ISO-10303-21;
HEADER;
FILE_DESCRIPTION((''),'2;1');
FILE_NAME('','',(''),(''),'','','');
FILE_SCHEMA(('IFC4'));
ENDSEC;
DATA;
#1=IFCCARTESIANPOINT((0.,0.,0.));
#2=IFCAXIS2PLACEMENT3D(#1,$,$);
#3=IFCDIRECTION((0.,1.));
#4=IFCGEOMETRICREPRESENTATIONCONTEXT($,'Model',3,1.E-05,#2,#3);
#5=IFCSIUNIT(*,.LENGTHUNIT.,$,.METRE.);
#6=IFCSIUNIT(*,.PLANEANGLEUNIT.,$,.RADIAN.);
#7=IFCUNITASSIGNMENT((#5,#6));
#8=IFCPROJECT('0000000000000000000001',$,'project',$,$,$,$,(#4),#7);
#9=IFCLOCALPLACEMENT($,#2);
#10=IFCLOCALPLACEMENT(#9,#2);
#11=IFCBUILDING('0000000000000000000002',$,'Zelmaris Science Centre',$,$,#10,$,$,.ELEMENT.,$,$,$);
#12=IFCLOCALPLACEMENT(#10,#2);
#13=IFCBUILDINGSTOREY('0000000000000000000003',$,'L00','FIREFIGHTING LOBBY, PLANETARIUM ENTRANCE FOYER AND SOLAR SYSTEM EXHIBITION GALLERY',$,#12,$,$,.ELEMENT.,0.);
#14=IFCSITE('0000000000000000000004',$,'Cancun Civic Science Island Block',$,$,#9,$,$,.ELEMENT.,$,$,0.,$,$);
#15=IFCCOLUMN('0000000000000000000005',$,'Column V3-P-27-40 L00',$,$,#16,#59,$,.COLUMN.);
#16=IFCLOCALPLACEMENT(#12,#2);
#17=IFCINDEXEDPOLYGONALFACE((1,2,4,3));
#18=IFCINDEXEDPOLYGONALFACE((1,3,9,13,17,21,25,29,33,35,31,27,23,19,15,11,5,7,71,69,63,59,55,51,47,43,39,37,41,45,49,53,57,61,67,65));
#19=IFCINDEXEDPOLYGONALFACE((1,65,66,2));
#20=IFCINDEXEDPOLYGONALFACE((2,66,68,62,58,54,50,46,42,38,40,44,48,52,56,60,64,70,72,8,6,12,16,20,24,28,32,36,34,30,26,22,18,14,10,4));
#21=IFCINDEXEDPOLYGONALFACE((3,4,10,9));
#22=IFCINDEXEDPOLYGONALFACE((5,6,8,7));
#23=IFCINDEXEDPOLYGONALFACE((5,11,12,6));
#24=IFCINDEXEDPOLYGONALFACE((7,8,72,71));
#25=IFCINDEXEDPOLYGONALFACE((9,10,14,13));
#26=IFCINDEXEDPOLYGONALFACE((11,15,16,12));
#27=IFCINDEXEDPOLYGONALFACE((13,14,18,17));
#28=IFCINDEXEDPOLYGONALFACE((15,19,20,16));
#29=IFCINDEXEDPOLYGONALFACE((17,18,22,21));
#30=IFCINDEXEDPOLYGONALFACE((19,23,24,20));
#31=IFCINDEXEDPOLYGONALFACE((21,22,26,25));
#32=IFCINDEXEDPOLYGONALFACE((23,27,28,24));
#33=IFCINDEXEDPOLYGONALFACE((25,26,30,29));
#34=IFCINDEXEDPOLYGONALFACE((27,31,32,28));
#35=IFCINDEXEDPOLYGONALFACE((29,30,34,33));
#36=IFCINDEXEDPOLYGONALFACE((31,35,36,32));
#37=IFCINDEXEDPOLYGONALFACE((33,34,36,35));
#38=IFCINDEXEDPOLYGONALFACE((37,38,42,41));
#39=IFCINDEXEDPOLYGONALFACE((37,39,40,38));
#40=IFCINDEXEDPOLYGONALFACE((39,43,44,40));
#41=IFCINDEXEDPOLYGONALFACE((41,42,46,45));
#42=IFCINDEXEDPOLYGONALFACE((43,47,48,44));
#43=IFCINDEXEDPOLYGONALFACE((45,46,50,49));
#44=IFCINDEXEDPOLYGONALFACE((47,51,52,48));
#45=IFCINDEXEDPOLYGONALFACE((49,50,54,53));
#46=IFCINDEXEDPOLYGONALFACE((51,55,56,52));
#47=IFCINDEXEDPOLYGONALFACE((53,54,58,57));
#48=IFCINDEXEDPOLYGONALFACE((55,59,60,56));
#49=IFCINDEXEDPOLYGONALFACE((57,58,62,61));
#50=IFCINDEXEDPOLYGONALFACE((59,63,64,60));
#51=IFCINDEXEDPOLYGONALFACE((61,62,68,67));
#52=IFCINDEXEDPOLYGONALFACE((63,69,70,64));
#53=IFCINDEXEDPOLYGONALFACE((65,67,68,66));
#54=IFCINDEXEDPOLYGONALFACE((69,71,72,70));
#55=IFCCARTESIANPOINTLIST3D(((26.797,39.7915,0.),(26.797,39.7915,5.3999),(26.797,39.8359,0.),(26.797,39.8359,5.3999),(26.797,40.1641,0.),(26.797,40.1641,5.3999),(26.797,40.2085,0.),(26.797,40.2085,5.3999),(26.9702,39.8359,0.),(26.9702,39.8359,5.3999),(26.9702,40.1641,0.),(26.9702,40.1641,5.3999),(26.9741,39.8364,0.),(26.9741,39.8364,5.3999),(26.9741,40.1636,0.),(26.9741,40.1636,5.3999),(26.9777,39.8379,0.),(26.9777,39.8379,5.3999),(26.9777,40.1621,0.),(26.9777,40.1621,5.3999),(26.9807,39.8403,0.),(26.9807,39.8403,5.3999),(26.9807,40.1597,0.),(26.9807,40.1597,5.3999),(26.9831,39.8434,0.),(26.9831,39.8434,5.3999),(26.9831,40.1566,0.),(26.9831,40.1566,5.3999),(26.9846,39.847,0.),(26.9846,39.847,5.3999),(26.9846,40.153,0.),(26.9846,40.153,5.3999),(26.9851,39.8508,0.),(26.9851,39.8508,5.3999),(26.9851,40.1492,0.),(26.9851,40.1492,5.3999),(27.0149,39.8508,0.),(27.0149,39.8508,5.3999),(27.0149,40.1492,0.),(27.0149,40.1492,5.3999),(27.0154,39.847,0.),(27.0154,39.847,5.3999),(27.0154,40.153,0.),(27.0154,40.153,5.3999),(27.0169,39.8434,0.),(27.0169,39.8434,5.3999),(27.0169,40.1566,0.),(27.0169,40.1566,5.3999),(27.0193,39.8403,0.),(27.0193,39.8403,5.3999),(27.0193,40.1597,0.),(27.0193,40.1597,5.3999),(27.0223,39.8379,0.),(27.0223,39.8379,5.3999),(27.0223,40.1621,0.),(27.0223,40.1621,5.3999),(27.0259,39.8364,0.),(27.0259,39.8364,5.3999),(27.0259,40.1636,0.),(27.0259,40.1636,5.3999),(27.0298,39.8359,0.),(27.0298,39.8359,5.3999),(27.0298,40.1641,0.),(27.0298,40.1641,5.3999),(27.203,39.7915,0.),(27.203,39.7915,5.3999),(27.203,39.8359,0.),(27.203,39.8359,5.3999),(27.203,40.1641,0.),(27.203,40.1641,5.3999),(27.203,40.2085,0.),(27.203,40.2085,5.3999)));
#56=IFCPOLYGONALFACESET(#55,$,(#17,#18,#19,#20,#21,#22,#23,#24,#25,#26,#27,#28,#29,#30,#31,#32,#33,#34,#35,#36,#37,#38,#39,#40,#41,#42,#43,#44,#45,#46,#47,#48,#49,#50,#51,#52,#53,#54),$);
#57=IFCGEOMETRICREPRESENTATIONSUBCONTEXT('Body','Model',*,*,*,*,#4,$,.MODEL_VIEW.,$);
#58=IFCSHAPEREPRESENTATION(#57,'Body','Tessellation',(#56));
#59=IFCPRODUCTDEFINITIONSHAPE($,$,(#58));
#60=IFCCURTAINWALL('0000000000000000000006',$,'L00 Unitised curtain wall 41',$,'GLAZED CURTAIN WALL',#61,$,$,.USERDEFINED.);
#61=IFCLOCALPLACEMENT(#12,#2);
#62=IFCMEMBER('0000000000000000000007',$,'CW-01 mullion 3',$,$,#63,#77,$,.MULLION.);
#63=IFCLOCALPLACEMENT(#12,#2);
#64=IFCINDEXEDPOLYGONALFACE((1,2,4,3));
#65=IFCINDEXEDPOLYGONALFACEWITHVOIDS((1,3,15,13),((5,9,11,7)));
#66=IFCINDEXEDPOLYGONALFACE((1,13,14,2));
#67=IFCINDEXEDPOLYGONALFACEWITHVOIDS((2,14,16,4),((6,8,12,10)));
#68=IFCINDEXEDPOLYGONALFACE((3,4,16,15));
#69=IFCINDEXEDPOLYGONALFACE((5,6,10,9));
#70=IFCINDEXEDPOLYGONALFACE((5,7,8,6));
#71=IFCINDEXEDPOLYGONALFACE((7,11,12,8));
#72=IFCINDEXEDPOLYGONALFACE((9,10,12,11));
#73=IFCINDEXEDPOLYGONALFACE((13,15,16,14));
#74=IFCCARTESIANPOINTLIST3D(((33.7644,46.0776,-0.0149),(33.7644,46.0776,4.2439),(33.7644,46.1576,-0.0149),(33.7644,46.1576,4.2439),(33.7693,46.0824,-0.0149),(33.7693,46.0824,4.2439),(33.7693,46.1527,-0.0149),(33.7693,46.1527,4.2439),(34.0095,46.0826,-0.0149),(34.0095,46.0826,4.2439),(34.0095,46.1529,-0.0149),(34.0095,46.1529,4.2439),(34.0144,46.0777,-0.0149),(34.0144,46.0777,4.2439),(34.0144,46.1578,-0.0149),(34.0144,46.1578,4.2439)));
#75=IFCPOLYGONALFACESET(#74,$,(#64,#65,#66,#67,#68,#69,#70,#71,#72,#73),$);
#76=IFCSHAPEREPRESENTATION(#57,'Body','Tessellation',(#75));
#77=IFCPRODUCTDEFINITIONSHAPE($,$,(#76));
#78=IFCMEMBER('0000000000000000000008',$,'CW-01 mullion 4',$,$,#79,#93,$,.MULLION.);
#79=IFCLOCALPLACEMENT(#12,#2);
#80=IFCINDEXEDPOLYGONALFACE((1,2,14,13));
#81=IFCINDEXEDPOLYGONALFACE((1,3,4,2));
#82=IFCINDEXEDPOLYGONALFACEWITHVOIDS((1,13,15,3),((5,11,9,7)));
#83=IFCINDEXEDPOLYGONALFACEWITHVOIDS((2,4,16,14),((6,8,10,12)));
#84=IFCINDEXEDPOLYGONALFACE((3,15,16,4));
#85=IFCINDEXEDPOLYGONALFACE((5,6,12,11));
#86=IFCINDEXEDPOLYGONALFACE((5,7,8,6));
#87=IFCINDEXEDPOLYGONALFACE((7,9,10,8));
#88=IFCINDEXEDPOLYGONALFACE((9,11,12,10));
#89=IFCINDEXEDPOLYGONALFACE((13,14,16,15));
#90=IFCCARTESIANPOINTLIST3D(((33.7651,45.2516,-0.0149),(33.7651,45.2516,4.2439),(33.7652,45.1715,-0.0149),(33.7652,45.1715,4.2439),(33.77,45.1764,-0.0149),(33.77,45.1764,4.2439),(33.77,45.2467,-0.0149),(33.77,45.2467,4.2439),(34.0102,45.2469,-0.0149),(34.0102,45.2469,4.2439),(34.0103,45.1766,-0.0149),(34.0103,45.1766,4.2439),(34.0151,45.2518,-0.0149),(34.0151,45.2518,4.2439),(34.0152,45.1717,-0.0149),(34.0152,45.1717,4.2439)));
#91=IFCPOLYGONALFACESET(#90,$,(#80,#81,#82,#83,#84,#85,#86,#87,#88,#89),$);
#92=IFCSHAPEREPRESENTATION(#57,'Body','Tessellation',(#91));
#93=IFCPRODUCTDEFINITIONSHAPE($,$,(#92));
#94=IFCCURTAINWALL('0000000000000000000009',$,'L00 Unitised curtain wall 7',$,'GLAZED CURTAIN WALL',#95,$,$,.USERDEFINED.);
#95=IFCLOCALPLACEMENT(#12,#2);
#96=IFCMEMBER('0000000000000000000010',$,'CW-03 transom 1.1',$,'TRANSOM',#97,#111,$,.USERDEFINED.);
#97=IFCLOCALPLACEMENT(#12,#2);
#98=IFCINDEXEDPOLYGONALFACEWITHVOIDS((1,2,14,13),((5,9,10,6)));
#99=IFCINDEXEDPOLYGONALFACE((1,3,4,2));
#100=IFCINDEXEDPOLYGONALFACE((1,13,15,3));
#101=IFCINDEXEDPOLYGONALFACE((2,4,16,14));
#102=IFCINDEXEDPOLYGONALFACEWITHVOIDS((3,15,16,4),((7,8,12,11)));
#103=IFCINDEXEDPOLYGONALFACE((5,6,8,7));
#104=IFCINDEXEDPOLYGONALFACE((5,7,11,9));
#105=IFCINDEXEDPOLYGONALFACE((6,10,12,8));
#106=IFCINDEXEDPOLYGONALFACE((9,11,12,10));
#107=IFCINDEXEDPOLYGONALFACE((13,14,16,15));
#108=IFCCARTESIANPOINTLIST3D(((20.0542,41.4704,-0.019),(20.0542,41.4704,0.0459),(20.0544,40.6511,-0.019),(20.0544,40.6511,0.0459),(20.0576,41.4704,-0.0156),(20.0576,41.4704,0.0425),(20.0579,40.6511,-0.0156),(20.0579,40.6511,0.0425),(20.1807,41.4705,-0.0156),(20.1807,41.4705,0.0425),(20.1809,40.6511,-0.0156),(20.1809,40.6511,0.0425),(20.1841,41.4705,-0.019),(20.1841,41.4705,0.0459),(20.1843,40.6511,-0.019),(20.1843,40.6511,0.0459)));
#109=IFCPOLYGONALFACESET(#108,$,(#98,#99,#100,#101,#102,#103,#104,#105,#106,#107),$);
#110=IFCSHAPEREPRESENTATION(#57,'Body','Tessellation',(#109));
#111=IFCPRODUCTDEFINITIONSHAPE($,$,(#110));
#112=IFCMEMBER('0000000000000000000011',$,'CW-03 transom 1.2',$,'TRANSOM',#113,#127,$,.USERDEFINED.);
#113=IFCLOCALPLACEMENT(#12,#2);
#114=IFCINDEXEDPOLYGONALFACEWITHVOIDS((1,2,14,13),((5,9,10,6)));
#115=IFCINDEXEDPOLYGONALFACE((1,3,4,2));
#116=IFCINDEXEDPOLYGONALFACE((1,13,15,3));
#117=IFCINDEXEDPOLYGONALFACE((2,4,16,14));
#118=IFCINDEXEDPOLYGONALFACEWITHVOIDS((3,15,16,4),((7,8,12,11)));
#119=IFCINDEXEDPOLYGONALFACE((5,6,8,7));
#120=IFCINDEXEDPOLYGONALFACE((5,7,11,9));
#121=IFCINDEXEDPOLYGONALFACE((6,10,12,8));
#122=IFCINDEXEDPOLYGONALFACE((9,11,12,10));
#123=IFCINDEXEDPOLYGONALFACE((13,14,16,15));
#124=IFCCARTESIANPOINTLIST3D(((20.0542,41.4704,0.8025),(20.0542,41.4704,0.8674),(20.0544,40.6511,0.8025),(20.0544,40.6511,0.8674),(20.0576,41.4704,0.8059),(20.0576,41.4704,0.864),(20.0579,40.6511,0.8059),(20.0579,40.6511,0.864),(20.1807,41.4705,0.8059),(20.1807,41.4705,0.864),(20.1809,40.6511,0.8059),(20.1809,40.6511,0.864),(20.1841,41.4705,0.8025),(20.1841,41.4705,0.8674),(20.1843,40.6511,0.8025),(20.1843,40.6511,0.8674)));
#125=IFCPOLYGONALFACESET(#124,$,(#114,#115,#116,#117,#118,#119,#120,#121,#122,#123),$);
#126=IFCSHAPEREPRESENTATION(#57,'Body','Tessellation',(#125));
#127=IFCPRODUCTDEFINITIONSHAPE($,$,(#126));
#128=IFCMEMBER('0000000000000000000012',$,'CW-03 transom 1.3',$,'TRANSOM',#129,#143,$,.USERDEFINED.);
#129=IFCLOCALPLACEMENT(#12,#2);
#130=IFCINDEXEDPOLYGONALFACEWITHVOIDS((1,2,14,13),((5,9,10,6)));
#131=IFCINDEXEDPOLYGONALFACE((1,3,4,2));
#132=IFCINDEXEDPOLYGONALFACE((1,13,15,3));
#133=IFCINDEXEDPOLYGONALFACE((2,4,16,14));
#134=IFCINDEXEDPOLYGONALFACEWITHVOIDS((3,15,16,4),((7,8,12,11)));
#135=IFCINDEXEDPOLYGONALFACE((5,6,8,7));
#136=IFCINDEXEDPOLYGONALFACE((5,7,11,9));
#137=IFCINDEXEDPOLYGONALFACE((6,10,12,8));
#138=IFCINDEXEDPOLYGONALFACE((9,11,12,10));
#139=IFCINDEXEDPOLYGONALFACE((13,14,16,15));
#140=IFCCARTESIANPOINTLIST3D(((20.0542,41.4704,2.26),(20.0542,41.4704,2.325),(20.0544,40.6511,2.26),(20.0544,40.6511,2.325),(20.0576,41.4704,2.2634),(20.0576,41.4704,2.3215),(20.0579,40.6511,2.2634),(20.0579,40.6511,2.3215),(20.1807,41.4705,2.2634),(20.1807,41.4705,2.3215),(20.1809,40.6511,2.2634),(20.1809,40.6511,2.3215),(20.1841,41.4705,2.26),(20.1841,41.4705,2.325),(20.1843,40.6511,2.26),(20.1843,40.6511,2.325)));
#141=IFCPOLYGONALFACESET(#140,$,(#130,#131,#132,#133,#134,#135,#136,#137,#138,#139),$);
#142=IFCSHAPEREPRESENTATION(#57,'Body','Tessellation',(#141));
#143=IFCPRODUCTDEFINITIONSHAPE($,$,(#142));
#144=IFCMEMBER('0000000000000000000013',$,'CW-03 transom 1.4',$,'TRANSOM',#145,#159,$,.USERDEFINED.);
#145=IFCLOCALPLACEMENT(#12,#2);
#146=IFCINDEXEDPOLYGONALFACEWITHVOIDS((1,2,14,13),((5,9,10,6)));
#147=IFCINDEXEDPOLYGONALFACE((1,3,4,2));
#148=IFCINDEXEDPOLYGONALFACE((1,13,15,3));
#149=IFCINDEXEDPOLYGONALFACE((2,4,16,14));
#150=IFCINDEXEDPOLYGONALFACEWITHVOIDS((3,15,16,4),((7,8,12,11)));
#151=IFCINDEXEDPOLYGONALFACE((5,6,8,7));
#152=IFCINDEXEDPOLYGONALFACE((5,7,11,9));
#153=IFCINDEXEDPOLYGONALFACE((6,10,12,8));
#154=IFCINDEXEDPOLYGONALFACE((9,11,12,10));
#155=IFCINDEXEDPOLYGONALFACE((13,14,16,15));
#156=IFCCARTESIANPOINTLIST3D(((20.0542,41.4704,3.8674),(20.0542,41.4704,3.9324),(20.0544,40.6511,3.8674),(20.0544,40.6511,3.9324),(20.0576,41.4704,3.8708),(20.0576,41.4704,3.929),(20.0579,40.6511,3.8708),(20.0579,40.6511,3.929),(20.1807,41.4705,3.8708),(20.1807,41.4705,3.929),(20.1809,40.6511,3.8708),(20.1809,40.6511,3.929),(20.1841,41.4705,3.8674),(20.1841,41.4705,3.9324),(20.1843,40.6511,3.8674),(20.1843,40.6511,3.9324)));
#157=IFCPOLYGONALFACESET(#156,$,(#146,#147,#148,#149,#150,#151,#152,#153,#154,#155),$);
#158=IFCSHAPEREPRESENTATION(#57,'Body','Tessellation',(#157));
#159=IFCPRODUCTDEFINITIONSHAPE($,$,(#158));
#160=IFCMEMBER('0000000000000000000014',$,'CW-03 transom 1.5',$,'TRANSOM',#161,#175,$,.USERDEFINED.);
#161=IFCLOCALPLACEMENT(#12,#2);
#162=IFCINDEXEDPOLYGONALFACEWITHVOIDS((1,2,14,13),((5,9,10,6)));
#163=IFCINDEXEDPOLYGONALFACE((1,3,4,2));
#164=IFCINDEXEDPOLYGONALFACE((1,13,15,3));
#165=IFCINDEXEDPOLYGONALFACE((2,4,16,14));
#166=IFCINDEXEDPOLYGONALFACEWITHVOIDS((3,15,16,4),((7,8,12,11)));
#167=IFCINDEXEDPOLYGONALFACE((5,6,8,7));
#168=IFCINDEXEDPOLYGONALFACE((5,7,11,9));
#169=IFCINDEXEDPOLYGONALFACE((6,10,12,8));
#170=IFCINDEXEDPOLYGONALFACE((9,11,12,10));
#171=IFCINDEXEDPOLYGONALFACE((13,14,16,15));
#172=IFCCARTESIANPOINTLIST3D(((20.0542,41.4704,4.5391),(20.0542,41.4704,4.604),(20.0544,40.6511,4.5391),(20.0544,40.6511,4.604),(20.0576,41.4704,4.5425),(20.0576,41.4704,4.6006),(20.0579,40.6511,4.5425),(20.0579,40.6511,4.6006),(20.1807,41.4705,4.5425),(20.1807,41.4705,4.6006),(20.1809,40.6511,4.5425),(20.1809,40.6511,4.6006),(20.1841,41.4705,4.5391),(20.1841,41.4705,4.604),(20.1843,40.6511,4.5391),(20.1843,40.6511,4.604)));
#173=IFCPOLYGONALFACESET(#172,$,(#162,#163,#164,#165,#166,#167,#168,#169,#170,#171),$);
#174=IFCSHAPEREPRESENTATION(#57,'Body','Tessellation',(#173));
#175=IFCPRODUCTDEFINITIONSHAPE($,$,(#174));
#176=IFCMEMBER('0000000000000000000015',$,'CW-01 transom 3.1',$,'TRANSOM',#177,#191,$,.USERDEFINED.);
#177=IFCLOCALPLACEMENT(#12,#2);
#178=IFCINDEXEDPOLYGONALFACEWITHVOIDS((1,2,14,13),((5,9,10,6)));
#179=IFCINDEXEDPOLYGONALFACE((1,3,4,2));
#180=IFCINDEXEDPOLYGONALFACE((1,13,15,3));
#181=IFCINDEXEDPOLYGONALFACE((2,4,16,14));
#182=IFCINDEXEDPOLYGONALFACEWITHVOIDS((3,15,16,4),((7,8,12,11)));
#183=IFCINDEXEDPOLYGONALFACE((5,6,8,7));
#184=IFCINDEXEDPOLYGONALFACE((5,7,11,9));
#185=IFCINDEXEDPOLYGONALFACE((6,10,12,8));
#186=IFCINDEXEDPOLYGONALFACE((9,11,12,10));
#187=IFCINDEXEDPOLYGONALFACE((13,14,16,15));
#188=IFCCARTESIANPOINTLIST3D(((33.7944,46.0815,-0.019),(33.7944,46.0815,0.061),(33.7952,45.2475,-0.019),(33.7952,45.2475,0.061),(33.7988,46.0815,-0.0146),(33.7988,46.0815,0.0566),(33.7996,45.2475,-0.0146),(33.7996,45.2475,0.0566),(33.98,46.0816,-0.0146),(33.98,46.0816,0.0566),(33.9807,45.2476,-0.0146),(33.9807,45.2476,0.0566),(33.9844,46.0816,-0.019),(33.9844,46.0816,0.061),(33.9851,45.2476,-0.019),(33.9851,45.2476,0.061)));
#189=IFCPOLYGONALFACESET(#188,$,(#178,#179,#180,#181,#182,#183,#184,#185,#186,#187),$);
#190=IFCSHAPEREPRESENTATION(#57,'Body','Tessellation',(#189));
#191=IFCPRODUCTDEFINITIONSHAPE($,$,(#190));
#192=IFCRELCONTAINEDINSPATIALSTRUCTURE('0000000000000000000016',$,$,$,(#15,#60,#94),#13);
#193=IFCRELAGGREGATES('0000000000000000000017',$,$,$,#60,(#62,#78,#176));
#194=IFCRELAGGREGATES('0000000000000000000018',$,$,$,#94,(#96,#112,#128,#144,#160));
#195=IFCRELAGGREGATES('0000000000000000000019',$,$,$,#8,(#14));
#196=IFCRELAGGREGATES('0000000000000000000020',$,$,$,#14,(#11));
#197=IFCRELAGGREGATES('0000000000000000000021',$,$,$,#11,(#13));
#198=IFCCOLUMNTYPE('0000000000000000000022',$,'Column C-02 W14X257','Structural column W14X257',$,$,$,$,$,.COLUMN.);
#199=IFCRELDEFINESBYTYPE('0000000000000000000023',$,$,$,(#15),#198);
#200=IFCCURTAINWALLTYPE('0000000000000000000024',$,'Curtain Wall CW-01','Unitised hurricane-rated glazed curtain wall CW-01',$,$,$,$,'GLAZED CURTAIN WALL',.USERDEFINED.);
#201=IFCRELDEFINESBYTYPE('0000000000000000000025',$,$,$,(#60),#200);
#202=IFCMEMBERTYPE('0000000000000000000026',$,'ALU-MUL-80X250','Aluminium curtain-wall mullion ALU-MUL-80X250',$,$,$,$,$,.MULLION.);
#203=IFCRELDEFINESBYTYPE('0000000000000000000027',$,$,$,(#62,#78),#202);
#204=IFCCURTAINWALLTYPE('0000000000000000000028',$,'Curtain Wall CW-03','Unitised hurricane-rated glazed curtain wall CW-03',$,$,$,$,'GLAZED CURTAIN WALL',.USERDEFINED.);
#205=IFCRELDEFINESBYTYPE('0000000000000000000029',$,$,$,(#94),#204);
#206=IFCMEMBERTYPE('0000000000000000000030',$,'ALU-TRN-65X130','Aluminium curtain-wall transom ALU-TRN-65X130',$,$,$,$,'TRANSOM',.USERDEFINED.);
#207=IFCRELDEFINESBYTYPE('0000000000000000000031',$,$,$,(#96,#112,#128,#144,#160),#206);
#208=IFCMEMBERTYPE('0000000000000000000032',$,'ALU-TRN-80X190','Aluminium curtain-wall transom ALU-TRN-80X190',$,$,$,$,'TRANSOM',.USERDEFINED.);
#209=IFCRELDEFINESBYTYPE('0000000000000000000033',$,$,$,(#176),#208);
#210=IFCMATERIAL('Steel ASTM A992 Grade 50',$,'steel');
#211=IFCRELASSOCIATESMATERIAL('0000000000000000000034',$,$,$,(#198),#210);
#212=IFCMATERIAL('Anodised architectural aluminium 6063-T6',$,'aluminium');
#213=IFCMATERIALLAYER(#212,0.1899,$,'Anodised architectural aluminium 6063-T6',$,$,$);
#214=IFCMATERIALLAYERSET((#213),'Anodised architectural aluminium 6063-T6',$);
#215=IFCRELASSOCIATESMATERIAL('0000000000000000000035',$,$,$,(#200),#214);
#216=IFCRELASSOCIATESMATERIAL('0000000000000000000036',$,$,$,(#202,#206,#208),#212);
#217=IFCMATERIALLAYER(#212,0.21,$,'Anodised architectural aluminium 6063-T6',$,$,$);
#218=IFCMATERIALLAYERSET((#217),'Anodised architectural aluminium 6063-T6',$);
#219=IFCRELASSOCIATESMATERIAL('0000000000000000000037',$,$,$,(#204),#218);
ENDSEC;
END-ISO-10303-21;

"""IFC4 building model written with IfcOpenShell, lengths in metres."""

from ifc_helpers import new_model, si_unit, direction, frame, origin, origin_2d, place, context, subcontext, project, spatial, hollow_rectangle, i_section, extrude, material, layer, layer_set, material_profile, profile_set, type_object, element, aggregate, save


model = new_model("IFC4")

# Units and contexts
model_context = context("Model", 3, precision=1e-05, world=origin(), true_north=direction((0.0, 1.0)))
body_context = subcontext(model_context, "Body", "Model", "MODEL_VIEW")
ifc_project = project(units=[si_unit("LENGTHUNIT", "METRE"), si_unit("PLANEANGLEUNIT", "RADIAN")], contexts=[model_context])

# Site, building, storey
site_placement = place(None, origin())
site = spatial("IfcSite", under=ifc_project, at=site_placement, Name="Cancun Civic Science Island Block", CompositionType="ELEMENT", RefElevation=0.0)
building_placement = place(site_placement, origin())
building = spatial("IfcBuilding", under=site, at=building_placement, Name="Zelmaris Science Centre", CompositionType="ELEMENT")
storey_placement = place(building_placement, origin())
storey = spatial("IfcBuildingStorey", under=building, at=storey_placement, Name="L00", Description="FIREFIGHTING LOBBY, PLANETARIUM ENTRANCE FOYER AND SOLAR SYSTEM EXHIBITION GALLERY", CompositionType="ELEMENT", Elevation=0.0)

# Column
ifc_material_1 = material(Name="Steel ASTM A992 Grade 50", Category="steel")
ifc_material_profile_1 = material_profile(ifc_material_1, i_section(OverallWidth=0.406, OverallDepth=0.417, WebThickness=0.0298, FlangeThickness=0.0444, FilletRadius=0.0149, at=origin_2d()), Name="W14X257")
ifc_profile_set_1 = profile_set([ifc_material_profile_1], Name="Steel ASTM A992 Grade 50")
column_type = type_object("IfcColumnType", Name="Column C-02 W14X257", Description="Structural column W14X257", PredefinedType="COLUMN", material=ifc_profile_set_1)
column_placement = place(storey_placement, frame((27.0, 40.0, 0.0), z_axis=(0.0, 0.0, 1.0), x_axis=(1.0, 0.0, 0.0)))
element("IfcColumn", 1, at=column_placement, inside=storey, type_object=column_type, Name="Column V3-P-27-40 L00", PredefinedType="COLUMN", context=body_context, shape_type="SweptSolid", body=[
    extrude(i_section(OverallWidth=0.406, OverallDepth=0.417, WebThickness=0.0298, FlangeThickness=0.0444, FilletRadius=0.0149, at=origin_2d()), origin(), (0.0, 0.0, 1.0), 5.3999),
])

# Curtain walls, members
ifc_material_2 = material(Name="Anodised architectural aluminium 6063-T6", Category="aluminium")
ifc_layer_1 = layer(ifc_material_2, 0.1899, Name="Anodised architectural aluminium 6063-T6")
ifc_layer_set_1 = layer_set([ifc_layer_1], Name="Anodised architectural aluminium 6063-T6")
curtain_wall_type_1 = type_object("IfcCurtainWallType", Name="Curtain Wall CW-01", Description="Unitised hurricane-rated glazed curtain wall CW-01", ElementType="GLAZED CURTAIN WALL", PredefinedType="USERDEFINED", material=ifc_layer_set_1)
curtain_wall_1_placement = place(storey_placement, origin())
curtain_wall_1 = element("IfcCurtainWall", 2, at=curtain_wall_1_placement, inside=storey, type_object=curtain_wall_type_1, Name="L00 Unitised curtain wall 41", ObjectType="GLAZED CURTAIN WALL", PredefinedType="USERDEFINED")
ifc_material_profile_2 = material_profile(ifc_material_2, hollow_rectangle(XDim=0.0801, YDim=0.25, WallThickness=0.0049, at=origin_2d()), Name="ALU-MUL-80X250")
ifc_profile_set_2 = profile_set([ifc_material_profile_2], Name="Anodised architectural aluminium 6063-T6")
member_type_1 = type_object("IfcMemberType", Name="ALU-MUL-80X250", Description="Aluminium curtain-wall mullion ALU-MUL-80X250", PredefinedType="MULLION", material=ifc_profile_set_2)
member_1_placement = place(storey_placement, frame((33.8894, 46.1177, -0.0149), z_axis=(0.0, 0.0, 1.0), x_axis=(0.000693, -1.0, 0.0)))
member_1 = element("IfcMember", 3, at=member_1_placement, type_object=member_type_1, Name="CW-01 mullion 3", PredefinedType="MULLION", context=body_context, shape_type="SweptSolid", body=[
    extrude(hollow_rectangle(XDim=0.0801, YDim=0.25, WallThickness=0.0049, at=origin_2d()), origin(), (0.0, 0.0, 1.0), 4.2588),
])
member_2_placement = place(storey_placement, frame((33.8901, 45.2117, -0.0149), z_axis=(0.0, 0.0, 1.0), x_axis=(0.000693, -1.0, 0.0)))
member_2 = element("IfcMember", 4, at=member_2_placement, type_object=member_type_1, Name="CW-01 mullion 4", PredefinedType="MULLION", context=body_context, shape_type="SweptSolid", body=[
    extrude(hollow_rectangle(XDim=0.0801, YDim=0.25, WallThickness=0.0049, at=origin_2d()), origin(), (0.0, 0.0, 1.0), 4.2588),
])
ifc_layer_2 = layer(ifc_material_2, 0.21, Name="Anodised architectural aluminium 6063-T6")
ifc_layer_set_2 = layer_set([ifc_layer_2], Name="Anodised architectural aluminium 6063-T6")
curtain_wall_type_2 = type_object("IfcCurtainWallType", Name="Curtain Wall CW-03", Description="Unitised hurricane-rated glazed curtain wall CW-03", ElementType="GLAZED CURTAIN WALL", PredefinedType="USERDEFINED", material=ifc_layer_set_2)
curtain_wall_2_placement = place(storey_placement, origin())
curtain_wall_2 = element("IfcCurtainWall", 5, at=curtain_wall_2_placement, inside=storey, type_object=curtain_wall_type_2, Name="L00 Unitised curtain wall 7", ObjectType="GLAZED CURTAIN WALL", PredefinedType="USERDEFINED")
ifc_material_profile_3 = material_profile(ifc_material_2, hollow_rectangle(XDim=0.0649, YDim=0.1299, WallThickness=0.0034, at=origin_2d()), Name="ALU-TRN-65X130")
ifc_profile_set_3 = profile_set([ifc_material_profile_3], Name="Anodised architectural aluminium 6063-T6")
member_type_2 = type_object("IfcMemberType", Name="ALU-TRN-65X130", Description="Aluminium curtain-wall transom ALU-TRN-65X130", ElementType="TRANSOM", PredefinedType="USERDEFINED", material=ifc_profile_set_3)
member_3_placement = place(storey_placement, frame((20.1194, 40.6511, 0.0134), z_axis=(-0.000298, 1.0, 0.0), x_axis=(0.0, 0.0, 1.0)))
member_3 = element("IfcMember", 6, at=member_3_placement, type_object=member_type_2, Name="CW-03 transom 1.1", ObjectType="TRANSOM", PredefinedType="USERDEFINED", context=body_context, shape_type="SweptSolid", body=[
    extrude(hollow_rectangle(XDim=0.0649, YDim=0.1299, WallThickness=0.0034, at=origin_2d()), origin(), (0.0, 0.0, 1.0), 0.8193),
])
member_4_placement = place(storey_placement, frame((20.1194, 40.6511, 0.835), z_axis=(-0.000298, 1.0, 0.0), x_axis=(0.0, 0.0, 1.0)))
member_4 = element("IfcMember", 7, at=member_4_placement, type_object=member_type_2, Name="CW-03 transom 1.2", ObjectType="TRANSOM", PredefinedType="USERDEFINED", context=body_context, shape_type="SweptSolid", body=[
    extrude(hollow_rectangle(XDim=0.0649, YDim=0.1299, WallThickness=0.0034, at=origin_2d()), origin(), (0.0, 0.0, 1.0), 0.8193),
])
member_5_placement = place(storey_placement, frame((20.1194, 40.6511, 2.2925), z_axis=(-0.000298, 1.0, 0.0), x_axis=(0.0, 0.0, 1.0)))
member_5 = element("IfcMember", 8, at=member_5_placement, type_object=member_type_2, Name="CW-03 transom 1.3", ObjectType="TRANSOM", PredefinedType="USERDEFINED", context=body_context, shape_type="SweptSolid", body=[
    extrude(hollow_rectangle(XDim=0.0649, YDim=0.1299, WallThickness=0.0034, at=origin_2d()), origin(), (0.0, 0.0, 1.0), 0.8193),
])
member_6_placement = place(storey_placement, frame((20.1194, 40.6511, 3.8999), z_axis=(-0.000298, 1.0, 0.0), x_axis=(0.0, 0.0, 1.0)))
member_6 = element("IfcMember", 9, at=member_6_placement, type_object=member_type_2, Name="CW-03 transom 1.4", ObjectType="TRANSOM", PredefinedType="USERDEFINED", context=body_context, shape_type="SweptSolid", body=[
    extrude(hollow_rectangle(XDim=0.0649, YDim=0.1299, WallThickness=0.0034, at=origin_2d()), origin(), (0.0, 0.0, 1.0), 0.8193),
])
member_7_placement = place(storey_placement, frame((20.1194, 40.6511, 4.5715), z_axis=(-0.000298, 1.0, 0.0), x_axis=(0.0, 0.0, 1.0)))
member_7 = element("IfcMember", 10, at=member_7_placement, type_object=member_type_2, Name="CW-03 transom 1.5", ObjectType="TRANSOM", PredefinedType="USERDEFINED", context=body_context, shape_type="SweptSolid", body=[
    extrude(hollow_rectangle(XDim=0.0649, YDim=0.1299, WallThickness=0.0034, at=origin_2d()), origin(), (0.0, 0.0, 1.0), 0.8193),
])

# Member
ifc_material_profile_4 = material_profile(ifc_material_2, hollow_rectangle(XDim=0.0801, YDim=0.1899, WallThickness=0.0044, at=origin_2d()), Name="ALU-TRN-80X190")
ifc_profile_set_4 = profile_set([ifc_material_profile_4], Name="Anodised architectural aluminium 6063-T6")
member_type_3 = type_object("IfcMemberType", Name="ALU-TRN-80X190", Description="Aluminium curtain-wall transom ALU-TRN-80X190", ElementType="TRANSOM", PredefinedType="USERDEFINED", material=ifc_profile_set_4)
member_8_placement = place(storey_placement, frame((33.8894, 46.0815, 0.021), z_axis=(0.000878, -1.0, 0.0), x_axis=(0.0, 0.0, 1.0)))
member_8 = element("IfcMember", 11, at=member_8_placement, type_object=member_type_3, Name="CW-01 transom 3.1", ObjectType="TRANSOM", PredefinedType="USERDEFINED", context=body_context, shape_type="SweptSolid", body=[
    extrude(hollow_rectangle(XDim=0.0801, YDim=0.1899, WallThickness=0.0044, at=origin_2d()), origin(), (0.0, 0.0, 1.0), 0.834),
])

aggregate(curtain_wall_1, [member_1, member_2, member_8])
aggregate(curtain_wall_2, [member_3, member_4, member_5, member_6, member_7])

save(model, "model.ifc")
